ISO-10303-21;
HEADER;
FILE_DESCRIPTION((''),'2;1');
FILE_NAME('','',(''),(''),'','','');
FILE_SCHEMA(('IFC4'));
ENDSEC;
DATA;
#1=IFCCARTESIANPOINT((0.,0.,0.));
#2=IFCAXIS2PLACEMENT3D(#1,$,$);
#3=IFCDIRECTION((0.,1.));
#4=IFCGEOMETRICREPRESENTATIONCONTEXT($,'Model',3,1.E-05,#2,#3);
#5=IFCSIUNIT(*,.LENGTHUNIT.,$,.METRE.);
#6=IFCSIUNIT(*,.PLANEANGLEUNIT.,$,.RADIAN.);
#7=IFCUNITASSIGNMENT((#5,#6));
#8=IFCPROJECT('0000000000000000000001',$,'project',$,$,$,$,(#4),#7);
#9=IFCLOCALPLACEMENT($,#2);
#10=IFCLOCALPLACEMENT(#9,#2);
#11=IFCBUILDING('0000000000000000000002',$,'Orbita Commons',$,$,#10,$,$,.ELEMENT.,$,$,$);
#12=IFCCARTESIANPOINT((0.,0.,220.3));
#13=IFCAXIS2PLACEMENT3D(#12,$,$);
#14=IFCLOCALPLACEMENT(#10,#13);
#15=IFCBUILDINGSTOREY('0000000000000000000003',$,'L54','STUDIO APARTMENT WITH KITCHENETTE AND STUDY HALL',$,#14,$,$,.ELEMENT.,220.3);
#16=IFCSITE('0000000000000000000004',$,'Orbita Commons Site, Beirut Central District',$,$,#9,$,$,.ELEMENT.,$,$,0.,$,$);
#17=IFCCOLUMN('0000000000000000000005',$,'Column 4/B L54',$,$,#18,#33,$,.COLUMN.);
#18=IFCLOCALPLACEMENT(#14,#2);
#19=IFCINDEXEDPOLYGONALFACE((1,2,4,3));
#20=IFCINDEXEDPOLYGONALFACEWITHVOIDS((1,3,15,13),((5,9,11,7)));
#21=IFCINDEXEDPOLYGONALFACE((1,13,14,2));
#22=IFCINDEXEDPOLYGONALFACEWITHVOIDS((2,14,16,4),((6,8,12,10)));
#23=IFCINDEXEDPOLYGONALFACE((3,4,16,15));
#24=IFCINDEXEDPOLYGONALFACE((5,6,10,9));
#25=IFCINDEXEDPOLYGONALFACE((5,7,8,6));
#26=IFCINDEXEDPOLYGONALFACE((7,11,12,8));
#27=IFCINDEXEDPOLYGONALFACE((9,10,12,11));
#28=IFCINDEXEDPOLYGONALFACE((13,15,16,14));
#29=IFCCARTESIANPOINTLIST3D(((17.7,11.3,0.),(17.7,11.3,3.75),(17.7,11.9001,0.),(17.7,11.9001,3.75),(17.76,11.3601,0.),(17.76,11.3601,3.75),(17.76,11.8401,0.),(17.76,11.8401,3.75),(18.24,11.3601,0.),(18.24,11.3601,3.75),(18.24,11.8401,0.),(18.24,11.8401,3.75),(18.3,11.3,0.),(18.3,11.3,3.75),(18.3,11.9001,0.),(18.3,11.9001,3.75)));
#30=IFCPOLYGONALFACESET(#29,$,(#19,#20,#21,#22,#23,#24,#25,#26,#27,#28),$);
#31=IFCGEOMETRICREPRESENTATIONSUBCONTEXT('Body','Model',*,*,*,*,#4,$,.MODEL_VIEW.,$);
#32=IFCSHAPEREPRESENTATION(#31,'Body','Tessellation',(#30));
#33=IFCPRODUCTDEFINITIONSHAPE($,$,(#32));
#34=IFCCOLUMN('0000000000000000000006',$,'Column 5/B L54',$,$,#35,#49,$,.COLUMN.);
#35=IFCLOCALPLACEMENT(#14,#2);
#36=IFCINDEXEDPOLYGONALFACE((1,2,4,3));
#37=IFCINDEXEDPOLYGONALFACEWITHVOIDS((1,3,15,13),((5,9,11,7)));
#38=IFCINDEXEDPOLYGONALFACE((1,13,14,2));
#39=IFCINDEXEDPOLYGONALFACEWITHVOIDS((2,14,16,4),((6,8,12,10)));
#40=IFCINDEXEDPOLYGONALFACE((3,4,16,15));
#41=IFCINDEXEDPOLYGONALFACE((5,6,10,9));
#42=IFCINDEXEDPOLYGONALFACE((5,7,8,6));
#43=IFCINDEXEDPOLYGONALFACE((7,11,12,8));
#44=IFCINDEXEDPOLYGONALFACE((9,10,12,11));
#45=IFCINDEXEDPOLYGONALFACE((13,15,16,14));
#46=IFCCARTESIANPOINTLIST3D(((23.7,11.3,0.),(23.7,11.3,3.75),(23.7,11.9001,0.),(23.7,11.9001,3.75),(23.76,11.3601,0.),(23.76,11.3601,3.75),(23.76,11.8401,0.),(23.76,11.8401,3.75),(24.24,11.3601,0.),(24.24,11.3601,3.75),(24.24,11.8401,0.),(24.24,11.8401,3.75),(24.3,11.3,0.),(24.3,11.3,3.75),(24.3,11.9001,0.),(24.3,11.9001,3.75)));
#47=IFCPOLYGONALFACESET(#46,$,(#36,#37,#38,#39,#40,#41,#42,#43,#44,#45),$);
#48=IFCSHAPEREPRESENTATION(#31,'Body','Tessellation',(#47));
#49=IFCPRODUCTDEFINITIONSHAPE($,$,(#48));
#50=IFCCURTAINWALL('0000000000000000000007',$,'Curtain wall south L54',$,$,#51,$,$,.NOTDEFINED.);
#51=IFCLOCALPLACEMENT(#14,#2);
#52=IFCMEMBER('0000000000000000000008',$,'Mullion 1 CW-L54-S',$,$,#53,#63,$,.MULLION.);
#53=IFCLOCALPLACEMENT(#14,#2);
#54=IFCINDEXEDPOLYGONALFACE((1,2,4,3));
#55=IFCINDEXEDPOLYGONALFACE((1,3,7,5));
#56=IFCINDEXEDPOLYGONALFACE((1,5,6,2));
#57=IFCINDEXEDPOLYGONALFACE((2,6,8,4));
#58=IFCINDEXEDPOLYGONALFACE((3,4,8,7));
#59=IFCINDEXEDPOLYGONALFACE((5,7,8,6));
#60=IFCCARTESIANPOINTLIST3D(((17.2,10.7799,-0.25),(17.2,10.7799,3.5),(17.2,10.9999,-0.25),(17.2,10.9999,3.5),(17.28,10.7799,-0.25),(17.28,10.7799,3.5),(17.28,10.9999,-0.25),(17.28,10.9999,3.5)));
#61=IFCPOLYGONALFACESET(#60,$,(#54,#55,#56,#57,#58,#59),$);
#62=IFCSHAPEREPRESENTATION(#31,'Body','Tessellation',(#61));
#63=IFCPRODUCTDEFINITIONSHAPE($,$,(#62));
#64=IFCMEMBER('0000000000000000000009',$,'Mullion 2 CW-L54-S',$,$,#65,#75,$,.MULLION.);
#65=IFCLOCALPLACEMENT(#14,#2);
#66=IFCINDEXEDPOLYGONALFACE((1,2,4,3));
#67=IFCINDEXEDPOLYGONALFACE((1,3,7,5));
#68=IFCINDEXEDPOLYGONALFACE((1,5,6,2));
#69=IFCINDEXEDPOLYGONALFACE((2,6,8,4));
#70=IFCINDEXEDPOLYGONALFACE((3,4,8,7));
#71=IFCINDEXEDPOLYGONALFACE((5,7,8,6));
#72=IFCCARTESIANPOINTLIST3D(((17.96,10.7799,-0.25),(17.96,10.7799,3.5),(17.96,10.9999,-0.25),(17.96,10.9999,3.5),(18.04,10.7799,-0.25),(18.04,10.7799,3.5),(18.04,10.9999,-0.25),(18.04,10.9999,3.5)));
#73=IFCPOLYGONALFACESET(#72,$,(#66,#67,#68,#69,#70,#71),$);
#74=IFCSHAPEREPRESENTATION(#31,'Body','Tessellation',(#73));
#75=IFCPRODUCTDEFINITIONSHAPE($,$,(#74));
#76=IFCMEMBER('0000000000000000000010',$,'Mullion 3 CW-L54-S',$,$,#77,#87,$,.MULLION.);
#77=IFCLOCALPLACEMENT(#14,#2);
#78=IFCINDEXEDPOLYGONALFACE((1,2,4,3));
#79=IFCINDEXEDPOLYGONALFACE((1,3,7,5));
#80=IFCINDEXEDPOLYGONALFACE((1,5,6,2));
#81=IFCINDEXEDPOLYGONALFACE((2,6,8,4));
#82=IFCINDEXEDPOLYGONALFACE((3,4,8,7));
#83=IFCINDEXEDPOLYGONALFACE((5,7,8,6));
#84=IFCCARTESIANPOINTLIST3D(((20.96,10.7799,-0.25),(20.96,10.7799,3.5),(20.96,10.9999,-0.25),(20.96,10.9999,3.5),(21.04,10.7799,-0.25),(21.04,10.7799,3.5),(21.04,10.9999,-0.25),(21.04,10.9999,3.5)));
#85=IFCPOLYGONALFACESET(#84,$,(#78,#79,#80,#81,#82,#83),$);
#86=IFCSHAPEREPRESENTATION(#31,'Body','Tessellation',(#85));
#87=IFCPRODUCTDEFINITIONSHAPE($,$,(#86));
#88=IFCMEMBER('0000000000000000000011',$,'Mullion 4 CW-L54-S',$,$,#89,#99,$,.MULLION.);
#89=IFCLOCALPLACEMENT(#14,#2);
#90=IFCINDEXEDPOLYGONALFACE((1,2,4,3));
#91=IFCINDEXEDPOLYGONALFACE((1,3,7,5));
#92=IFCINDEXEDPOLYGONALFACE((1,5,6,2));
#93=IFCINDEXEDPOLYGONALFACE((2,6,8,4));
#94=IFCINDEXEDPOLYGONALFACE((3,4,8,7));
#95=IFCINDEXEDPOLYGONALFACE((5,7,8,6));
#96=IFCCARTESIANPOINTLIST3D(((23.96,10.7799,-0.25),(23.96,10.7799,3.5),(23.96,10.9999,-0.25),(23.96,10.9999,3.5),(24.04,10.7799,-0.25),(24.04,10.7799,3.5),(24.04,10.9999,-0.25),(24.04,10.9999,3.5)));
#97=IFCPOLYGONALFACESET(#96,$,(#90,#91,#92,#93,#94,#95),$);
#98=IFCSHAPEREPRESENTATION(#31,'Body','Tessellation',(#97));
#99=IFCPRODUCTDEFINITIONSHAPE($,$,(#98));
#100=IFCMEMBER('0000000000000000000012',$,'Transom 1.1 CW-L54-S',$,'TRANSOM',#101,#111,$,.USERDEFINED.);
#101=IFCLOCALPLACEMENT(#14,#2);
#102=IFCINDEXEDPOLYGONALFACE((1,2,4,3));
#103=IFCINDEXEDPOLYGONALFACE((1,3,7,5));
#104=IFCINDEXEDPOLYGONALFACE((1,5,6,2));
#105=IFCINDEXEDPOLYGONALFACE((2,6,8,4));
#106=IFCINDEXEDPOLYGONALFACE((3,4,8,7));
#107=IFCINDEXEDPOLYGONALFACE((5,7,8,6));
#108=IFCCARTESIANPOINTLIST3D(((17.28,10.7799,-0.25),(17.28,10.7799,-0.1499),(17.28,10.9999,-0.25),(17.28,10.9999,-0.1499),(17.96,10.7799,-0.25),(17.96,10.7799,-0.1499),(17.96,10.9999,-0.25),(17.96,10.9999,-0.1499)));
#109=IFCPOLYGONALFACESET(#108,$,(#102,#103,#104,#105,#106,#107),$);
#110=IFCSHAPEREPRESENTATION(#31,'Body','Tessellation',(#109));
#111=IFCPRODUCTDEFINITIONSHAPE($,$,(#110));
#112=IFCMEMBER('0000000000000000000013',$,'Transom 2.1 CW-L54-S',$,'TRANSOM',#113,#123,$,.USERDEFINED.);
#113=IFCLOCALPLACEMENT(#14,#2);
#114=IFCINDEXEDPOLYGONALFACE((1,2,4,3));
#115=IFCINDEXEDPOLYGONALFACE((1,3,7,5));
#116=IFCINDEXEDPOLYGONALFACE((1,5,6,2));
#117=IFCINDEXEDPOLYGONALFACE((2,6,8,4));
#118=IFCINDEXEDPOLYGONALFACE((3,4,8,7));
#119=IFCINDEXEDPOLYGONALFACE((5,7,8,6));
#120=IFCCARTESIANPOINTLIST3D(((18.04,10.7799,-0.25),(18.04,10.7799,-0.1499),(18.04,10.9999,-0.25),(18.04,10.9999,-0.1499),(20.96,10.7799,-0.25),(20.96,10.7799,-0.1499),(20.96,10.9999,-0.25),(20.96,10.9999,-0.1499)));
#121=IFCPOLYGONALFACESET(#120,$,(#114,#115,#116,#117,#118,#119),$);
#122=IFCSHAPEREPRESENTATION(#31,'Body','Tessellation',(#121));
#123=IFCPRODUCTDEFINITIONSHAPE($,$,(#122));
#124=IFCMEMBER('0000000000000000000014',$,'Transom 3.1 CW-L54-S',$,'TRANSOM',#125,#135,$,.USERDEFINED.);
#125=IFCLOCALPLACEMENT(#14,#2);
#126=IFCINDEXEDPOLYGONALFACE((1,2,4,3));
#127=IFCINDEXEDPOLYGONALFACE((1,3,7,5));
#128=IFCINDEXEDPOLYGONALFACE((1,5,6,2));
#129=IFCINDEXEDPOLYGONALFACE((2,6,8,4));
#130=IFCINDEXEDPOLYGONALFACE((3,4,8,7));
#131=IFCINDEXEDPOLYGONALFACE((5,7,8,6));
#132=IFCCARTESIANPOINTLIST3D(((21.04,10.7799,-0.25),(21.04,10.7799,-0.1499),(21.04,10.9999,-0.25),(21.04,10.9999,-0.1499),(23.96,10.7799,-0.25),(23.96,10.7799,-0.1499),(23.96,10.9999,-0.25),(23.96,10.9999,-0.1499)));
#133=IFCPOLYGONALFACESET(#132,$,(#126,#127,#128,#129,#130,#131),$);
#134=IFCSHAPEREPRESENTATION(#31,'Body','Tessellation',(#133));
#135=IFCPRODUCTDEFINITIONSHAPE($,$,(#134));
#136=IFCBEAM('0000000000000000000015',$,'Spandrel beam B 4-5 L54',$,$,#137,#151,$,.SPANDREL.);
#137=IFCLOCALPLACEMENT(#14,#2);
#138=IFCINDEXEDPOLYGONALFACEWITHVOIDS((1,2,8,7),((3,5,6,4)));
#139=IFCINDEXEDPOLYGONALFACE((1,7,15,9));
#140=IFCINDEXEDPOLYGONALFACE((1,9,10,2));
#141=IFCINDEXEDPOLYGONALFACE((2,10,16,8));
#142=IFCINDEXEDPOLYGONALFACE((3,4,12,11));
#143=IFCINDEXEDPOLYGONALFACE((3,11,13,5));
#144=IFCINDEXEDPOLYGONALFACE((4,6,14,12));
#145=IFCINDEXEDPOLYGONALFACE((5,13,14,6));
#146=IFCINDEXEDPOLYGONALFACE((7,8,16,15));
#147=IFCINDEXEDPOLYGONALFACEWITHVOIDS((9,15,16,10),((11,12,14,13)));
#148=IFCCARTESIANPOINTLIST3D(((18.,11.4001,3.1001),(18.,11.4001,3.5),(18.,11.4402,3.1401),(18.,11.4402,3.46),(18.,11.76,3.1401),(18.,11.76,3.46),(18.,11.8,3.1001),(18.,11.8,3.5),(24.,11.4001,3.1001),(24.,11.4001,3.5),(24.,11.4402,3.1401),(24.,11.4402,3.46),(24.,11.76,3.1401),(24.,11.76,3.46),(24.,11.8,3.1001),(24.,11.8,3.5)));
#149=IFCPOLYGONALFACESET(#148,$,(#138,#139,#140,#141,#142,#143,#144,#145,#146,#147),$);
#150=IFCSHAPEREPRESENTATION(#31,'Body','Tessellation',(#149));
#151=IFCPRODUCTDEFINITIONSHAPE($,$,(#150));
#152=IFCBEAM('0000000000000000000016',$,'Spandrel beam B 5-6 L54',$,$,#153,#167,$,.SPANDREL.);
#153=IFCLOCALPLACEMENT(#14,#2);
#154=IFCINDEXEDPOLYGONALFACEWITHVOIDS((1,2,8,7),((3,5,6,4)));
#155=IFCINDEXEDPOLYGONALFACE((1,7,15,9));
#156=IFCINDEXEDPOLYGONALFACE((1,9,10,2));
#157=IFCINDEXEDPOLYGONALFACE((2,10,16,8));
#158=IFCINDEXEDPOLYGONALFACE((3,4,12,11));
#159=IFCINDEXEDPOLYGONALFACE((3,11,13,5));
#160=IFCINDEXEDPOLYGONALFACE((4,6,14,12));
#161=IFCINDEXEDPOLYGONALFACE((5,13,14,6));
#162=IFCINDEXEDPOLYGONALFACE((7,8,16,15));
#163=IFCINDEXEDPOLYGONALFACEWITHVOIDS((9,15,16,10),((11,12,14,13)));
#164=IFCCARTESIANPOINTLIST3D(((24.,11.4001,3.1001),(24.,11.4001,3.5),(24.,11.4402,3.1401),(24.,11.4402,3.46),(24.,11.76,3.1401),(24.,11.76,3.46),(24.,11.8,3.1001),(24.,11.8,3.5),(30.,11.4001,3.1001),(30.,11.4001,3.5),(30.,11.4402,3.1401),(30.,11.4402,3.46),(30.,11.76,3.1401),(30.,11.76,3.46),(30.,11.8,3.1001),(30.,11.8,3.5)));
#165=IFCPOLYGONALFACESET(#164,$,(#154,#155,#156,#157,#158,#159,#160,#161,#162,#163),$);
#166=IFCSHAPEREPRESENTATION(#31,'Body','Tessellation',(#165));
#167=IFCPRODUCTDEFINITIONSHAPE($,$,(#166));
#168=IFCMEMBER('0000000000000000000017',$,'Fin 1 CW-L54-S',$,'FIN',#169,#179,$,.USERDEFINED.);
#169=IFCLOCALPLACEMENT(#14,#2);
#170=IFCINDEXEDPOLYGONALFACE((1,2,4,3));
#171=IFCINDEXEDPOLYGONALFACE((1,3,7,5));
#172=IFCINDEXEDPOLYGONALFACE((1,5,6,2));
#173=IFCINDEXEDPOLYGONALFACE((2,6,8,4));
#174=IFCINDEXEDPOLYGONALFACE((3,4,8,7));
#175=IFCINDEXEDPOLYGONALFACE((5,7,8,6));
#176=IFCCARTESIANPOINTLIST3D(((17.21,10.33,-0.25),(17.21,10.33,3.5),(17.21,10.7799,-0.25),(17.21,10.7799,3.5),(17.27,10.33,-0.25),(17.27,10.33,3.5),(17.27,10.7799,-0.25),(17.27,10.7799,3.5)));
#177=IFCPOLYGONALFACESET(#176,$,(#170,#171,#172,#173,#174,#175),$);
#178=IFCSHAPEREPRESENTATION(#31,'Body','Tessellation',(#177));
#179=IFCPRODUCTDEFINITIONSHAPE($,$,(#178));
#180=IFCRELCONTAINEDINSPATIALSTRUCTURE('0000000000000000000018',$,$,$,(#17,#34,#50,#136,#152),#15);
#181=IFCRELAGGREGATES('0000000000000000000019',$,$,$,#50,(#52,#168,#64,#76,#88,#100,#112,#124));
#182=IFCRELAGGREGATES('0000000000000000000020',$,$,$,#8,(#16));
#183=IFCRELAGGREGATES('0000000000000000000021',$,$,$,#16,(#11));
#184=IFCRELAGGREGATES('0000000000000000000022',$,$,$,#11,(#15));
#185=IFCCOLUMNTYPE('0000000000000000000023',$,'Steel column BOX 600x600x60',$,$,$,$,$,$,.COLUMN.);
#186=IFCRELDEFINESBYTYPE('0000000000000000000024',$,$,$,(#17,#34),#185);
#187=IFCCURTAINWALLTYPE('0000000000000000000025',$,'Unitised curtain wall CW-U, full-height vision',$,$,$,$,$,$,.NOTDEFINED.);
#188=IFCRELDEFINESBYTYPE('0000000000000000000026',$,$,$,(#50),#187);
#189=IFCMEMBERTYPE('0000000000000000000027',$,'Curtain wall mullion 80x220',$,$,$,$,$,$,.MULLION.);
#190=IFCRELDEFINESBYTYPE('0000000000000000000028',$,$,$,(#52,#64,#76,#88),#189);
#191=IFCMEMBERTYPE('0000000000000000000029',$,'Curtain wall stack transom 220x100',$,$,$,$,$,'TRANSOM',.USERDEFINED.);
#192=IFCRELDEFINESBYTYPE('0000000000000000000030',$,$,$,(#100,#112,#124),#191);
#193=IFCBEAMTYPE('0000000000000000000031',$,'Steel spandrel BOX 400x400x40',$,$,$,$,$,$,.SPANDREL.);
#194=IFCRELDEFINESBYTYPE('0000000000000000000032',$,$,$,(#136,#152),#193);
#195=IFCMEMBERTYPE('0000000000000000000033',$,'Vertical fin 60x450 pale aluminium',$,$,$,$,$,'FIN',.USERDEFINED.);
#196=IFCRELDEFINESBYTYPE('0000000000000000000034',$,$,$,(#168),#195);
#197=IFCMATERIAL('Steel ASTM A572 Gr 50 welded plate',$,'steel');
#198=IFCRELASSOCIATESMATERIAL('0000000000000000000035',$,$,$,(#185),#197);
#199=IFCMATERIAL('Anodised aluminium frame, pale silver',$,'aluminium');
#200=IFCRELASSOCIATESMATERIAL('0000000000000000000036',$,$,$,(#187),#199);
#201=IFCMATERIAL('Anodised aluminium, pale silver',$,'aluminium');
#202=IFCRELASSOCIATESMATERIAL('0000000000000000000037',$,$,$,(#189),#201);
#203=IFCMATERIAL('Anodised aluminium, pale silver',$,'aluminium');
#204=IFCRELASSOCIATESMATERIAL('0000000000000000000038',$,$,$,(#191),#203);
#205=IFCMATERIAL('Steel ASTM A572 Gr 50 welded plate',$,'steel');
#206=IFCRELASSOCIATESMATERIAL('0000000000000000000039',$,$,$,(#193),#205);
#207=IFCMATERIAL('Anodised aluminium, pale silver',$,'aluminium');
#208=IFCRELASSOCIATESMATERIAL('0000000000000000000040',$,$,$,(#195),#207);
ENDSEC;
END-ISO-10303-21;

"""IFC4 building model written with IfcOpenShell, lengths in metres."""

from ifc_helpers import new_model, si_unit, direction, frame, origin, origin_2d, place, context, subcontext, project, spatial, rectangle, hollow_rectangle, extrude, material, material_profile, profile_set, type_object, element, aggregate, save


model = new_model("IFC4")

# Units and contexts
model_context = context("Model", 3, precision=1e-05, world=origin(), true_north=direction((0.0, 1.0)))
body_context = subcontext(model_context, "Body", "Model", "MODEL_VIEW")
ifc_project = project(units=[si_unit("LENGTHUNIT", "METRE"), si_unit("PLANEANGLEUNIT", "RADIAN")], contexts=[model_context])

# Site, building, storey
site_placement = place(None, origin())
site = spatial("IfcSite", under=ifc_project, at=site_placement, Name="Orbita Commons Site, Beirut Central District", CompositionType="ELEMENT", RefElevation=0.0)
building_placement = place(site_placement, origin())
building = spatial("IfcBuilding", under=site, at=building_placement, Name="Orbita Commons", CompositionType="ELEMENT")
storey_placement = place(building_placement, frame((0.0, 0.0, 220.3)))
storey = spatial("IfcBuildingStorey", under=building, at=storey_placement, Name="L54", Description="STUDIO APARTMENT WITH KITCHENETTE AND STUDY HALL", CompositionType="ELEMENT", Elevation=220.3)

# Columns
ifc_material_1 = material(Name="Steel ASTM A572 Gr 50 welded plate", Category="steel")
ifc_material_profile_1 = material_profile(ifc_material_1, hollow_rectangle(XDim=0.6001, YDim=0.6001, WallThickness=0.0601, at=origin_2d()), Name="BOX 600x600x60")
ifc_profile_set_1 = profile_set([ifc_material_profile_1], Name="Steel ASTM A572 Gr 50 welded plate")
column_type = type_object("IfcColumnType", Name="Steel column BOX 600x600x60", PredefinedType="COLUMN", material=ifc_profile_set_1)
for number, where, z_axis, x_axis, name in (
    (1, (18.0, 11.6001, 0.0), (0.0, 0.0, 1.0), (1.0, 0.0, 0.0), "Column 4/B L54"),
    (2, (24.0, 11.6001, 0.0), (0.0, 0.0, 1.0), (1.0, 0.0, 0.0), "Column 5/B L54"),
):
    element("IfcColumn", number, at=place(storey_placement, frame(where, z_axis=z_axis, x_axis=x_axis)), inside=storey, type_object=column_type, Name=name, PredefinedType="COLUMN", context=body_context, shape_type="SweptSolid", body=[
        extrude(hollow_rectangle(XDim=0.6001, YDim=0.6001, WallThickness=0.0601, at=origin_2d()), origin(), (0.0, 0.0, 1.0), 3.75),
    ])

# Curtain wall, members
ifc_material_2 = material(Name="Anodised aluminium frame, pale silver", Category="aluminium")
curtain_wall_type = type_object("IfcCurtainWallType", Name="Unitised curtain wall CW-U, full-height vision", PredefinedType="NOTDEFINED", material=ifc_material_2)
curtain_wall_placement = place(storey_placement, origin())
curtain_wall = element("IfcCurtainWall", 3, at=curtain_wall_placement, inside=storey, type_object=curtain_wall_type, Name="Curtain wall south L54", PredefinedType="NOTDEFINED")
ifc_material_3 = material(Name="Anodised aluminium, pale silver", Category="aluminium")
ifc_material_profile_2 = material_profile(ifc_material_3, rectangle(XDim=0.0801, YDim=0.22, at=origin_2d()), Name="AL 80x220")
ifc_profile_set_2 = profile_set([ifc_material_profile_2], Name="Anodised aluminium, pale silver")
member_type_1 = type_object("IfcMemberType", Name="Curtain wall mullion 80x220", PredefinedType="MULLION", material=ifc_profile_set_2)
member_1_placement = place(storey_placement, frame((17.24, 10.8899, -0.25), z_axis=(0.0, 0.0, 1.0), x_axis=(1.0, 0.0, 0.0)))
member_1 = element("IfcMember", 4, at=member_1_placement, type_object=member_type_1, Name="Mullion 1 CW-L54-S", PredefinedType="MULLION", context=body_context, shape_type="SweptSolid", body=[
    extrude(rectangle(XDim=0.0801, YDim=0.22, at=origin_2d()), origin(), (0.0, 0.0, 1.0), 3.75),
])
member_2_placement = place(storey_placement, frame((18.0, 10.8899, -0.25), z_axis=(0.0, 0.0, 1.0), x_axis=(1.0, 0.0, 0.0)))
member_2 = element("IfcMember", 5, at=member_2_placement, type_object=member_type_1, Name="Mullion 2 CW-L54-S", PredefinedType="MULLION", context=body_context, shape_type="SweptSolid", body=[
    extrude(rectangle(XDim=0.0801, YDim=0.22, at=origin_2d()), origin(), (0.0, 0.0, 1.0), 3.75),
])
member_3_placement = place(storey_placement, frame((21.0, 10.8899, -0.25), z_axis=(0.0, 0.0, 1.0), x_axis=(1.0, 0.0, 0.0)))
member_3 = element("IfcMember", 6, at=member_3_placement, type_object=member_type_1, Name="Mullion 3 CW-L54-S", PredefinedType="MULLION", context=body_context, shape_type="SweptSolid", body=[
    extrude(rectangle(XDim=0.0801, YDim=0.22, at=origin_2d()), origin(), (0.0, 0.0, 1.0), 3.75),
])
member_4_placement = place(storey_placement, frame((24.0, 10.8899, -0.25), z_axis=(0.0, 0.0, 1.0), x_axis=(1.0, 0.0, 0.0)))
member_4 = element("IfcMember", 7, at=member_4_placement, type_object=member_type_1, Name="Mullion 4 CW-L54-S", PredefinedType="MULLION", context=body_context, shape_type="SweptSolid", body=[
    extrude(rectangle(XDim=0.0801, YDim=0.22, at=origin_2d()), origin(), (0.0, 0.0, 1.0), 3.75),
])
ifc_material_4 = material(Name="Anodised aluminium, pale silver", Category="aluminium")
ifc_material_profile_3 = material_profile(ifc_material_4, rectangle(XDim=0.22, YDim=0.1001, at=origin_2d()), Name="AL 220x100")
ifc_profile_set_3 = profile_set([ifc_material_profile_3], Name="Anodised aluminium, pale silver")
member_type_2 = type_object("IfcMemberType", Name="Curtain wall stack transom 220x100", ElementType="TRANSOM", PredefinedType="USERDEFINED", material=ifc_profile_set_3)
member_5_placement = place(storey_placement, frame((17.28, 10.8899, -0.2), z_axis=(1.0, 0.0, 0.0), x_axis=(0.0, 1.0, 0.0)))
member_5 = element("IfcMember", 8, at=member_5_placement, type_object=member_type_2, Name="Transom 1.1 CW-L54-S", ObjectType="TRANSOM", PredefinedType="USERDEFINED", context=body_context, shape_type="SweptSolid", body=[
    extrude(rectangle(XDim=0.22, YDim=0.1001, at=origin_2d()), origin(), (0.0, 0.0, 1.0), 0.6799),
])
member_6_placement = place(storey_placement, frame((18.04, 10.8899, -0.2), z_axis=(1.0, 0.0, 0.0), x_axis=(0.0, 1.0, 0.0)))
member_6 = element("IfcMember", 9, at=member_6_placement, type_object=member_type_2, Name="Transom 2.1 CW-L54-S", ObjectType="TRANSOM", PredefinedType="USERDEFINED", context=body_context, shape_type="SweptSolid", body=[
    extrude(rectangle(XDim=0.22, YDim=0.1001, at=origin_2d()), origin(), (0.0, 0.0, 1.0), 2.9199),
])
member_7_placement = place(storey_placement, frame((21.04, 10.8899, -0.2), z_axis=(1.0, 0.0, 0.0), x_axis=(0.0, 1.0, 0.0)))
member_7 = element("IfcMember", 10, at=member_7_placement, type_object=member_type_2, Name="Transom 3.1 CW-L54-S", ObjectType="TRANSOM", PredefinedType="USERDEFINED", context=body_context, shape_type="SweptSolid", body=[
    extrude(rectangle(XDim=0.22, YDim=0.1001, at=origin_2d()), origin(), (0.0, 0.0, 1.0), 2.9199),
])

# Beams
ifc_material_5 = material(Name="Steel ASTM A572 Gr 50 welded plate", Category="steel")
ifc_material_profile_4 = material_profile(ifc_material_5, hollow_rectangle(XDim=0.3999, YDim=0.3999, WallThickness=0.04, at=origin_2d()), Name="BOX 400x400x40")
ifc_profile_set_4 = profile_set([ifc_material_profile_4], Name="Steel ASTM A572 Gr 50 welded plate")
beam_type = type_object("IfcBeamType", Name="Steel spandrel BOX 400x400x40", PredefinedType="SPANDREL", material=ifc_profile_set_4)
for number, where, z_axis, x_axis, name in (
    (11, (18.0, 11.6001, 3.3), (1.0, 0.0, 0.0), (0.0, 1.0, 0.0), "Spandrel beam B 4-5 L54"),
    (12, (24.0, 11.6001, 3.3), (1.0, 0.0, 0.0), (0.0, 1.0, 0.0), "Spandrel beam B 5-6 L54"),
):
    element("IfcBeam", number, at=place(storey_placement, frame(where, z_axis=z_axis, x_axis=x_axis)), inside=storey, type_object=beam_type, Name=name, PredefinedType="SPANDREL", context=body_context, shape_type="SweptSolid", body=[
        extrude(hollow_rectangle(XDim=0.3999, YDim=0.3999, WallThickness=0.04, at=origin_2d()), origin(), (0.0, 0.0, 1.0), 6.0),
    ])

# Member
ifc_material_6 = material(Name="Anodised aluminium, pale silver", Category="aluminium")
ifc_material_profile_5 = material_profile(ifc_material_6, rectangle(XDim=0.0601, YDim=0.45, at=origin_2d()), Name="FIN 60x450")
ifc_profile_set_5 = profile_set([ifc_material_profile_5], Name="Anodised aluminium, pale silver")
member_type_3 = type_object("IfcMemberType", Name="Vertical fin 60x450 pale aluminium", ElementType="FIN", PredefinedType="USERDEFINED", material=ifc_profile_set_5)
member_8_placement = place(storey_placement, frame((17.24, 10.5549, -0.25), z_axis=(0.0, 0.0, 1.0), x_axis=(1.0, 0.0, 0.0)))
member_8 = element("IfcMember", 13, at=member_8_placement, type_object=member_type_3, Name="Fin 1 CW-L54-S", ObjectType="FIN", PredefinedType="USERDEFINED", context=body_context, shape_type="SweptSolid", body=[
    extrude(rectangle(XDim=0.0601, YDim=0.45, at=origin_2d()), origin(), (0.0, 0.0, 1.0), 3.75),
])

aggregate(curtain_wall, [member_1, member_8, member_2, member_3, member_4, member_5, member_6, member_7])

save(model, "model.ifc")
